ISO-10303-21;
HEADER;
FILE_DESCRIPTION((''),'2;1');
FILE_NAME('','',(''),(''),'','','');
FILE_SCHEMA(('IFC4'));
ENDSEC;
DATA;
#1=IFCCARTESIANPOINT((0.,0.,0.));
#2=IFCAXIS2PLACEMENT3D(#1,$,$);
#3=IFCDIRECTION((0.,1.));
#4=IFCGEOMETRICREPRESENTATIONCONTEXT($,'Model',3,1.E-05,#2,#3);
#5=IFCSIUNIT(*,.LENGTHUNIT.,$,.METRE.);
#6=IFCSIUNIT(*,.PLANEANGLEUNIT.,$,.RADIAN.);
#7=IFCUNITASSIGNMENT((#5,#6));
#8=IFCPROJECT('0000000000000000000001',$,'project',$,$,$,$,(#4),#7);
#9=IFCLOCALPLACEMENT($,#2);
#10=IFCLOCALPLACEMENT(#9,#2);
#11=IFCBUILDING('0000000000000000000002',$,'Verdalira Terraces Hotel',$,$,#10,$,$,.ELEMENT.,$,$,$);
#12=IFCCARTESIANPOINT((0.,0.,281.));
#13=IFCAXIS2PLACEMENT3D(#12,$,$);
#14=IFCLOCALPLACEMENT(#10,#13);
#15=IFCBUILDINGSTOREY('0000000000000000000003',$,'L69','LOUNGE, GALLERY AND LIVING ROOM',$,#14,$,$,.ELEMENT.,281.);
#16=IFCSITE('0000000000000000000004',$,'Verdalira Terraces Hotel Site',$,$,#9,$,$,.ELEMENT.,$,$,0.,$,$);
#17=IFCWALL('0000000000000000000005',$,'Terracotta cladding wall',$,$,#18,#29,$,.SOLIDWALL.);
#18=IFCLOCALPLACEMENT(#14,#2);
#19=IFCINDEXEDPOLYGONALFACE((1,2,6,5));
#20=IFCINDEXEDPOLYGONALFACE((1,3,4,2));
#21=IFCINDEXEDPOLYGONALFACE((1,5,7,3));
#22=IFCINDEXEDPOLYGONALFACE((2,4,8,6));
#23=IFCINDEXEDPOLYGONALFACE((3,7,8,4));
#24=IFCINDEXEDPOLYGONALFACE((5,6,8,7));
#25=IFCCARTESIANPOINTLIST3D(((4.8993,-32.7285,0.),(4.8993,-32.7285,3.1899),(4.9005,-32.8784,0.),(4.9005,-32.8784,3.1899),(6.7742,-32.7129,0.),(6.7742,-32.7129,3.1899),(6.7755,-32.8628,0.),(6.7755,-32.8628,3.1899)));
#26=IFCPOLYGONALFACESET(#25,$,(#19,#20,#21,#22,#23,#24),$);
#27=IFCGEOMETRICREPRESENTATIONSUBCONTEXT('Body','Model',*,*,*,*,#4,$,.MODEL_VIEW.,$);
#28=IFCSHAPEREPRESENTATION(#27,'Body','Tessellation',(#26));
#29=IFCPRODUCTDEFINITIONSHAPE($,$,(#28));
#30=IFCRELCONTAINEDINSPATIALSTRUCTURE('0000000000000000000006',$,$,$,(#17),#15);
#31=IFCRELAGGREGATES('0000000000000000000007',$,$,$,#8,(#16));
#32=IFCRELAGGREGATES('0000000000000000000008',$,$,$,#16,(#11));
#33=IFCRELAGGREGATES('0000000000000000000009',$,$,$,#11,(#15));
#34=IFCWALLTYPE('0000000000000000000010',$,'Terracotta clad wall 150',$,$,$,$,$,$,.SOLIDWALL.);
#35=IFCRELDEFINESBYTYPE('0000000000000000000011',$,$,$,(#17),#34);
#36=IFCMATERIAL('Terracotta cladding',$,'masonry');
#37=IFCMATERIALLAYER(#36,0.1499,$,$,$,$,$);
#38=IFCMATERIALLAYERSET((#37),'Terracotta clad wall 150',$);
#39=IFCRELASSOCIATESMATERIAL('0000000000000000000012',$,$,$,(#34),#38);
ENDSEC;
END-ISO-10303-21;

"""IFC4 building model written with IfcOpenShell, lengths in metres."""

from ifc_helpers import new_model, si_unit, direction, frame, frame_2d, origin, place, context, subcontext, project, spatial, rectangle, extrude, material, layer, layer_set, type_object, element, save


model = new_model("IFC4")

# Units and contexts
model_context = context("Model", 3, precision=1e-05, world=origin(), true_north=direction((0.0, 1.0)))
body_context = subcontext(model_context, "Body", "Model", "MODEL_VIEW")
ifc_project = project(units=[si_unit("LENGTHUNIT", "METRE"), si_unit("PLANEANGLEUNIT", "RADIAN")], contexts=[model_context])

# Site, building, storey
site_placement = place(None, origin())
site = spatial("IfcSite", under=ifc_project, at=site_placement, Name="Verdalira Terraces Hotel Site", CompositionType="ELEMENT", RefElevation=0.0)
building_placement = place(site_placement, origin())
building = spatial("IfcBuilding", under=site, at=building_placement, Name="Verdalira Terraces Hotel", CompositionType="ELEMENT")
storey_placement = place(building_placement, frame((0.0, 0.0, 281.0)))
storey = spatial("IfcBuildingStorey", under=building, at=storey_placement, Name="L69", Description="LOUNGE, GALLERY AND LIVING ROOM", CompositionType="ELEMENT", Elevation=281.0)

# Wall
ifc_material_1 = material(Name="Terracotta cladding", Category="masonry")
ifc_layer_1 = layer(ifc_material_1, 0.1499)
ifc_layer_set_1 = layer_set([ifc_layer_1], Name="Terracotta clad wall 150")
wall_type_1 = type_object("IfcWallType", Name="Terracotta clad wall 150", PredefinedType="SOLIDWALL", material=ifc_layer_set_1)
for number, where, z_axis, x_axis, name in (
    (1, (4.8999, -32.8035, 0.0), (0.0, 0.0, 1.0), (0.999965, 0.008333, 0.0), "Terracotta cladding wall"),
):
    element("IfcWall", number, at=place(storey_placement, frame(where, z_axis=z_axis, x_axis=x_axis)), inside=storey, type_object=wall_type_1, Name=name, PredefinedType="SOLIDWALL", context=body_context, shape_type="SweptSolid", body=[
        extrude(rectangle(XDim=1.875, YDim=0.1499, at=frame_2d((0.9375, 0.0))), origin(), (0.0, 0.0, 1.0), 3.1899),
    ])

save(model, "model.ifc")
